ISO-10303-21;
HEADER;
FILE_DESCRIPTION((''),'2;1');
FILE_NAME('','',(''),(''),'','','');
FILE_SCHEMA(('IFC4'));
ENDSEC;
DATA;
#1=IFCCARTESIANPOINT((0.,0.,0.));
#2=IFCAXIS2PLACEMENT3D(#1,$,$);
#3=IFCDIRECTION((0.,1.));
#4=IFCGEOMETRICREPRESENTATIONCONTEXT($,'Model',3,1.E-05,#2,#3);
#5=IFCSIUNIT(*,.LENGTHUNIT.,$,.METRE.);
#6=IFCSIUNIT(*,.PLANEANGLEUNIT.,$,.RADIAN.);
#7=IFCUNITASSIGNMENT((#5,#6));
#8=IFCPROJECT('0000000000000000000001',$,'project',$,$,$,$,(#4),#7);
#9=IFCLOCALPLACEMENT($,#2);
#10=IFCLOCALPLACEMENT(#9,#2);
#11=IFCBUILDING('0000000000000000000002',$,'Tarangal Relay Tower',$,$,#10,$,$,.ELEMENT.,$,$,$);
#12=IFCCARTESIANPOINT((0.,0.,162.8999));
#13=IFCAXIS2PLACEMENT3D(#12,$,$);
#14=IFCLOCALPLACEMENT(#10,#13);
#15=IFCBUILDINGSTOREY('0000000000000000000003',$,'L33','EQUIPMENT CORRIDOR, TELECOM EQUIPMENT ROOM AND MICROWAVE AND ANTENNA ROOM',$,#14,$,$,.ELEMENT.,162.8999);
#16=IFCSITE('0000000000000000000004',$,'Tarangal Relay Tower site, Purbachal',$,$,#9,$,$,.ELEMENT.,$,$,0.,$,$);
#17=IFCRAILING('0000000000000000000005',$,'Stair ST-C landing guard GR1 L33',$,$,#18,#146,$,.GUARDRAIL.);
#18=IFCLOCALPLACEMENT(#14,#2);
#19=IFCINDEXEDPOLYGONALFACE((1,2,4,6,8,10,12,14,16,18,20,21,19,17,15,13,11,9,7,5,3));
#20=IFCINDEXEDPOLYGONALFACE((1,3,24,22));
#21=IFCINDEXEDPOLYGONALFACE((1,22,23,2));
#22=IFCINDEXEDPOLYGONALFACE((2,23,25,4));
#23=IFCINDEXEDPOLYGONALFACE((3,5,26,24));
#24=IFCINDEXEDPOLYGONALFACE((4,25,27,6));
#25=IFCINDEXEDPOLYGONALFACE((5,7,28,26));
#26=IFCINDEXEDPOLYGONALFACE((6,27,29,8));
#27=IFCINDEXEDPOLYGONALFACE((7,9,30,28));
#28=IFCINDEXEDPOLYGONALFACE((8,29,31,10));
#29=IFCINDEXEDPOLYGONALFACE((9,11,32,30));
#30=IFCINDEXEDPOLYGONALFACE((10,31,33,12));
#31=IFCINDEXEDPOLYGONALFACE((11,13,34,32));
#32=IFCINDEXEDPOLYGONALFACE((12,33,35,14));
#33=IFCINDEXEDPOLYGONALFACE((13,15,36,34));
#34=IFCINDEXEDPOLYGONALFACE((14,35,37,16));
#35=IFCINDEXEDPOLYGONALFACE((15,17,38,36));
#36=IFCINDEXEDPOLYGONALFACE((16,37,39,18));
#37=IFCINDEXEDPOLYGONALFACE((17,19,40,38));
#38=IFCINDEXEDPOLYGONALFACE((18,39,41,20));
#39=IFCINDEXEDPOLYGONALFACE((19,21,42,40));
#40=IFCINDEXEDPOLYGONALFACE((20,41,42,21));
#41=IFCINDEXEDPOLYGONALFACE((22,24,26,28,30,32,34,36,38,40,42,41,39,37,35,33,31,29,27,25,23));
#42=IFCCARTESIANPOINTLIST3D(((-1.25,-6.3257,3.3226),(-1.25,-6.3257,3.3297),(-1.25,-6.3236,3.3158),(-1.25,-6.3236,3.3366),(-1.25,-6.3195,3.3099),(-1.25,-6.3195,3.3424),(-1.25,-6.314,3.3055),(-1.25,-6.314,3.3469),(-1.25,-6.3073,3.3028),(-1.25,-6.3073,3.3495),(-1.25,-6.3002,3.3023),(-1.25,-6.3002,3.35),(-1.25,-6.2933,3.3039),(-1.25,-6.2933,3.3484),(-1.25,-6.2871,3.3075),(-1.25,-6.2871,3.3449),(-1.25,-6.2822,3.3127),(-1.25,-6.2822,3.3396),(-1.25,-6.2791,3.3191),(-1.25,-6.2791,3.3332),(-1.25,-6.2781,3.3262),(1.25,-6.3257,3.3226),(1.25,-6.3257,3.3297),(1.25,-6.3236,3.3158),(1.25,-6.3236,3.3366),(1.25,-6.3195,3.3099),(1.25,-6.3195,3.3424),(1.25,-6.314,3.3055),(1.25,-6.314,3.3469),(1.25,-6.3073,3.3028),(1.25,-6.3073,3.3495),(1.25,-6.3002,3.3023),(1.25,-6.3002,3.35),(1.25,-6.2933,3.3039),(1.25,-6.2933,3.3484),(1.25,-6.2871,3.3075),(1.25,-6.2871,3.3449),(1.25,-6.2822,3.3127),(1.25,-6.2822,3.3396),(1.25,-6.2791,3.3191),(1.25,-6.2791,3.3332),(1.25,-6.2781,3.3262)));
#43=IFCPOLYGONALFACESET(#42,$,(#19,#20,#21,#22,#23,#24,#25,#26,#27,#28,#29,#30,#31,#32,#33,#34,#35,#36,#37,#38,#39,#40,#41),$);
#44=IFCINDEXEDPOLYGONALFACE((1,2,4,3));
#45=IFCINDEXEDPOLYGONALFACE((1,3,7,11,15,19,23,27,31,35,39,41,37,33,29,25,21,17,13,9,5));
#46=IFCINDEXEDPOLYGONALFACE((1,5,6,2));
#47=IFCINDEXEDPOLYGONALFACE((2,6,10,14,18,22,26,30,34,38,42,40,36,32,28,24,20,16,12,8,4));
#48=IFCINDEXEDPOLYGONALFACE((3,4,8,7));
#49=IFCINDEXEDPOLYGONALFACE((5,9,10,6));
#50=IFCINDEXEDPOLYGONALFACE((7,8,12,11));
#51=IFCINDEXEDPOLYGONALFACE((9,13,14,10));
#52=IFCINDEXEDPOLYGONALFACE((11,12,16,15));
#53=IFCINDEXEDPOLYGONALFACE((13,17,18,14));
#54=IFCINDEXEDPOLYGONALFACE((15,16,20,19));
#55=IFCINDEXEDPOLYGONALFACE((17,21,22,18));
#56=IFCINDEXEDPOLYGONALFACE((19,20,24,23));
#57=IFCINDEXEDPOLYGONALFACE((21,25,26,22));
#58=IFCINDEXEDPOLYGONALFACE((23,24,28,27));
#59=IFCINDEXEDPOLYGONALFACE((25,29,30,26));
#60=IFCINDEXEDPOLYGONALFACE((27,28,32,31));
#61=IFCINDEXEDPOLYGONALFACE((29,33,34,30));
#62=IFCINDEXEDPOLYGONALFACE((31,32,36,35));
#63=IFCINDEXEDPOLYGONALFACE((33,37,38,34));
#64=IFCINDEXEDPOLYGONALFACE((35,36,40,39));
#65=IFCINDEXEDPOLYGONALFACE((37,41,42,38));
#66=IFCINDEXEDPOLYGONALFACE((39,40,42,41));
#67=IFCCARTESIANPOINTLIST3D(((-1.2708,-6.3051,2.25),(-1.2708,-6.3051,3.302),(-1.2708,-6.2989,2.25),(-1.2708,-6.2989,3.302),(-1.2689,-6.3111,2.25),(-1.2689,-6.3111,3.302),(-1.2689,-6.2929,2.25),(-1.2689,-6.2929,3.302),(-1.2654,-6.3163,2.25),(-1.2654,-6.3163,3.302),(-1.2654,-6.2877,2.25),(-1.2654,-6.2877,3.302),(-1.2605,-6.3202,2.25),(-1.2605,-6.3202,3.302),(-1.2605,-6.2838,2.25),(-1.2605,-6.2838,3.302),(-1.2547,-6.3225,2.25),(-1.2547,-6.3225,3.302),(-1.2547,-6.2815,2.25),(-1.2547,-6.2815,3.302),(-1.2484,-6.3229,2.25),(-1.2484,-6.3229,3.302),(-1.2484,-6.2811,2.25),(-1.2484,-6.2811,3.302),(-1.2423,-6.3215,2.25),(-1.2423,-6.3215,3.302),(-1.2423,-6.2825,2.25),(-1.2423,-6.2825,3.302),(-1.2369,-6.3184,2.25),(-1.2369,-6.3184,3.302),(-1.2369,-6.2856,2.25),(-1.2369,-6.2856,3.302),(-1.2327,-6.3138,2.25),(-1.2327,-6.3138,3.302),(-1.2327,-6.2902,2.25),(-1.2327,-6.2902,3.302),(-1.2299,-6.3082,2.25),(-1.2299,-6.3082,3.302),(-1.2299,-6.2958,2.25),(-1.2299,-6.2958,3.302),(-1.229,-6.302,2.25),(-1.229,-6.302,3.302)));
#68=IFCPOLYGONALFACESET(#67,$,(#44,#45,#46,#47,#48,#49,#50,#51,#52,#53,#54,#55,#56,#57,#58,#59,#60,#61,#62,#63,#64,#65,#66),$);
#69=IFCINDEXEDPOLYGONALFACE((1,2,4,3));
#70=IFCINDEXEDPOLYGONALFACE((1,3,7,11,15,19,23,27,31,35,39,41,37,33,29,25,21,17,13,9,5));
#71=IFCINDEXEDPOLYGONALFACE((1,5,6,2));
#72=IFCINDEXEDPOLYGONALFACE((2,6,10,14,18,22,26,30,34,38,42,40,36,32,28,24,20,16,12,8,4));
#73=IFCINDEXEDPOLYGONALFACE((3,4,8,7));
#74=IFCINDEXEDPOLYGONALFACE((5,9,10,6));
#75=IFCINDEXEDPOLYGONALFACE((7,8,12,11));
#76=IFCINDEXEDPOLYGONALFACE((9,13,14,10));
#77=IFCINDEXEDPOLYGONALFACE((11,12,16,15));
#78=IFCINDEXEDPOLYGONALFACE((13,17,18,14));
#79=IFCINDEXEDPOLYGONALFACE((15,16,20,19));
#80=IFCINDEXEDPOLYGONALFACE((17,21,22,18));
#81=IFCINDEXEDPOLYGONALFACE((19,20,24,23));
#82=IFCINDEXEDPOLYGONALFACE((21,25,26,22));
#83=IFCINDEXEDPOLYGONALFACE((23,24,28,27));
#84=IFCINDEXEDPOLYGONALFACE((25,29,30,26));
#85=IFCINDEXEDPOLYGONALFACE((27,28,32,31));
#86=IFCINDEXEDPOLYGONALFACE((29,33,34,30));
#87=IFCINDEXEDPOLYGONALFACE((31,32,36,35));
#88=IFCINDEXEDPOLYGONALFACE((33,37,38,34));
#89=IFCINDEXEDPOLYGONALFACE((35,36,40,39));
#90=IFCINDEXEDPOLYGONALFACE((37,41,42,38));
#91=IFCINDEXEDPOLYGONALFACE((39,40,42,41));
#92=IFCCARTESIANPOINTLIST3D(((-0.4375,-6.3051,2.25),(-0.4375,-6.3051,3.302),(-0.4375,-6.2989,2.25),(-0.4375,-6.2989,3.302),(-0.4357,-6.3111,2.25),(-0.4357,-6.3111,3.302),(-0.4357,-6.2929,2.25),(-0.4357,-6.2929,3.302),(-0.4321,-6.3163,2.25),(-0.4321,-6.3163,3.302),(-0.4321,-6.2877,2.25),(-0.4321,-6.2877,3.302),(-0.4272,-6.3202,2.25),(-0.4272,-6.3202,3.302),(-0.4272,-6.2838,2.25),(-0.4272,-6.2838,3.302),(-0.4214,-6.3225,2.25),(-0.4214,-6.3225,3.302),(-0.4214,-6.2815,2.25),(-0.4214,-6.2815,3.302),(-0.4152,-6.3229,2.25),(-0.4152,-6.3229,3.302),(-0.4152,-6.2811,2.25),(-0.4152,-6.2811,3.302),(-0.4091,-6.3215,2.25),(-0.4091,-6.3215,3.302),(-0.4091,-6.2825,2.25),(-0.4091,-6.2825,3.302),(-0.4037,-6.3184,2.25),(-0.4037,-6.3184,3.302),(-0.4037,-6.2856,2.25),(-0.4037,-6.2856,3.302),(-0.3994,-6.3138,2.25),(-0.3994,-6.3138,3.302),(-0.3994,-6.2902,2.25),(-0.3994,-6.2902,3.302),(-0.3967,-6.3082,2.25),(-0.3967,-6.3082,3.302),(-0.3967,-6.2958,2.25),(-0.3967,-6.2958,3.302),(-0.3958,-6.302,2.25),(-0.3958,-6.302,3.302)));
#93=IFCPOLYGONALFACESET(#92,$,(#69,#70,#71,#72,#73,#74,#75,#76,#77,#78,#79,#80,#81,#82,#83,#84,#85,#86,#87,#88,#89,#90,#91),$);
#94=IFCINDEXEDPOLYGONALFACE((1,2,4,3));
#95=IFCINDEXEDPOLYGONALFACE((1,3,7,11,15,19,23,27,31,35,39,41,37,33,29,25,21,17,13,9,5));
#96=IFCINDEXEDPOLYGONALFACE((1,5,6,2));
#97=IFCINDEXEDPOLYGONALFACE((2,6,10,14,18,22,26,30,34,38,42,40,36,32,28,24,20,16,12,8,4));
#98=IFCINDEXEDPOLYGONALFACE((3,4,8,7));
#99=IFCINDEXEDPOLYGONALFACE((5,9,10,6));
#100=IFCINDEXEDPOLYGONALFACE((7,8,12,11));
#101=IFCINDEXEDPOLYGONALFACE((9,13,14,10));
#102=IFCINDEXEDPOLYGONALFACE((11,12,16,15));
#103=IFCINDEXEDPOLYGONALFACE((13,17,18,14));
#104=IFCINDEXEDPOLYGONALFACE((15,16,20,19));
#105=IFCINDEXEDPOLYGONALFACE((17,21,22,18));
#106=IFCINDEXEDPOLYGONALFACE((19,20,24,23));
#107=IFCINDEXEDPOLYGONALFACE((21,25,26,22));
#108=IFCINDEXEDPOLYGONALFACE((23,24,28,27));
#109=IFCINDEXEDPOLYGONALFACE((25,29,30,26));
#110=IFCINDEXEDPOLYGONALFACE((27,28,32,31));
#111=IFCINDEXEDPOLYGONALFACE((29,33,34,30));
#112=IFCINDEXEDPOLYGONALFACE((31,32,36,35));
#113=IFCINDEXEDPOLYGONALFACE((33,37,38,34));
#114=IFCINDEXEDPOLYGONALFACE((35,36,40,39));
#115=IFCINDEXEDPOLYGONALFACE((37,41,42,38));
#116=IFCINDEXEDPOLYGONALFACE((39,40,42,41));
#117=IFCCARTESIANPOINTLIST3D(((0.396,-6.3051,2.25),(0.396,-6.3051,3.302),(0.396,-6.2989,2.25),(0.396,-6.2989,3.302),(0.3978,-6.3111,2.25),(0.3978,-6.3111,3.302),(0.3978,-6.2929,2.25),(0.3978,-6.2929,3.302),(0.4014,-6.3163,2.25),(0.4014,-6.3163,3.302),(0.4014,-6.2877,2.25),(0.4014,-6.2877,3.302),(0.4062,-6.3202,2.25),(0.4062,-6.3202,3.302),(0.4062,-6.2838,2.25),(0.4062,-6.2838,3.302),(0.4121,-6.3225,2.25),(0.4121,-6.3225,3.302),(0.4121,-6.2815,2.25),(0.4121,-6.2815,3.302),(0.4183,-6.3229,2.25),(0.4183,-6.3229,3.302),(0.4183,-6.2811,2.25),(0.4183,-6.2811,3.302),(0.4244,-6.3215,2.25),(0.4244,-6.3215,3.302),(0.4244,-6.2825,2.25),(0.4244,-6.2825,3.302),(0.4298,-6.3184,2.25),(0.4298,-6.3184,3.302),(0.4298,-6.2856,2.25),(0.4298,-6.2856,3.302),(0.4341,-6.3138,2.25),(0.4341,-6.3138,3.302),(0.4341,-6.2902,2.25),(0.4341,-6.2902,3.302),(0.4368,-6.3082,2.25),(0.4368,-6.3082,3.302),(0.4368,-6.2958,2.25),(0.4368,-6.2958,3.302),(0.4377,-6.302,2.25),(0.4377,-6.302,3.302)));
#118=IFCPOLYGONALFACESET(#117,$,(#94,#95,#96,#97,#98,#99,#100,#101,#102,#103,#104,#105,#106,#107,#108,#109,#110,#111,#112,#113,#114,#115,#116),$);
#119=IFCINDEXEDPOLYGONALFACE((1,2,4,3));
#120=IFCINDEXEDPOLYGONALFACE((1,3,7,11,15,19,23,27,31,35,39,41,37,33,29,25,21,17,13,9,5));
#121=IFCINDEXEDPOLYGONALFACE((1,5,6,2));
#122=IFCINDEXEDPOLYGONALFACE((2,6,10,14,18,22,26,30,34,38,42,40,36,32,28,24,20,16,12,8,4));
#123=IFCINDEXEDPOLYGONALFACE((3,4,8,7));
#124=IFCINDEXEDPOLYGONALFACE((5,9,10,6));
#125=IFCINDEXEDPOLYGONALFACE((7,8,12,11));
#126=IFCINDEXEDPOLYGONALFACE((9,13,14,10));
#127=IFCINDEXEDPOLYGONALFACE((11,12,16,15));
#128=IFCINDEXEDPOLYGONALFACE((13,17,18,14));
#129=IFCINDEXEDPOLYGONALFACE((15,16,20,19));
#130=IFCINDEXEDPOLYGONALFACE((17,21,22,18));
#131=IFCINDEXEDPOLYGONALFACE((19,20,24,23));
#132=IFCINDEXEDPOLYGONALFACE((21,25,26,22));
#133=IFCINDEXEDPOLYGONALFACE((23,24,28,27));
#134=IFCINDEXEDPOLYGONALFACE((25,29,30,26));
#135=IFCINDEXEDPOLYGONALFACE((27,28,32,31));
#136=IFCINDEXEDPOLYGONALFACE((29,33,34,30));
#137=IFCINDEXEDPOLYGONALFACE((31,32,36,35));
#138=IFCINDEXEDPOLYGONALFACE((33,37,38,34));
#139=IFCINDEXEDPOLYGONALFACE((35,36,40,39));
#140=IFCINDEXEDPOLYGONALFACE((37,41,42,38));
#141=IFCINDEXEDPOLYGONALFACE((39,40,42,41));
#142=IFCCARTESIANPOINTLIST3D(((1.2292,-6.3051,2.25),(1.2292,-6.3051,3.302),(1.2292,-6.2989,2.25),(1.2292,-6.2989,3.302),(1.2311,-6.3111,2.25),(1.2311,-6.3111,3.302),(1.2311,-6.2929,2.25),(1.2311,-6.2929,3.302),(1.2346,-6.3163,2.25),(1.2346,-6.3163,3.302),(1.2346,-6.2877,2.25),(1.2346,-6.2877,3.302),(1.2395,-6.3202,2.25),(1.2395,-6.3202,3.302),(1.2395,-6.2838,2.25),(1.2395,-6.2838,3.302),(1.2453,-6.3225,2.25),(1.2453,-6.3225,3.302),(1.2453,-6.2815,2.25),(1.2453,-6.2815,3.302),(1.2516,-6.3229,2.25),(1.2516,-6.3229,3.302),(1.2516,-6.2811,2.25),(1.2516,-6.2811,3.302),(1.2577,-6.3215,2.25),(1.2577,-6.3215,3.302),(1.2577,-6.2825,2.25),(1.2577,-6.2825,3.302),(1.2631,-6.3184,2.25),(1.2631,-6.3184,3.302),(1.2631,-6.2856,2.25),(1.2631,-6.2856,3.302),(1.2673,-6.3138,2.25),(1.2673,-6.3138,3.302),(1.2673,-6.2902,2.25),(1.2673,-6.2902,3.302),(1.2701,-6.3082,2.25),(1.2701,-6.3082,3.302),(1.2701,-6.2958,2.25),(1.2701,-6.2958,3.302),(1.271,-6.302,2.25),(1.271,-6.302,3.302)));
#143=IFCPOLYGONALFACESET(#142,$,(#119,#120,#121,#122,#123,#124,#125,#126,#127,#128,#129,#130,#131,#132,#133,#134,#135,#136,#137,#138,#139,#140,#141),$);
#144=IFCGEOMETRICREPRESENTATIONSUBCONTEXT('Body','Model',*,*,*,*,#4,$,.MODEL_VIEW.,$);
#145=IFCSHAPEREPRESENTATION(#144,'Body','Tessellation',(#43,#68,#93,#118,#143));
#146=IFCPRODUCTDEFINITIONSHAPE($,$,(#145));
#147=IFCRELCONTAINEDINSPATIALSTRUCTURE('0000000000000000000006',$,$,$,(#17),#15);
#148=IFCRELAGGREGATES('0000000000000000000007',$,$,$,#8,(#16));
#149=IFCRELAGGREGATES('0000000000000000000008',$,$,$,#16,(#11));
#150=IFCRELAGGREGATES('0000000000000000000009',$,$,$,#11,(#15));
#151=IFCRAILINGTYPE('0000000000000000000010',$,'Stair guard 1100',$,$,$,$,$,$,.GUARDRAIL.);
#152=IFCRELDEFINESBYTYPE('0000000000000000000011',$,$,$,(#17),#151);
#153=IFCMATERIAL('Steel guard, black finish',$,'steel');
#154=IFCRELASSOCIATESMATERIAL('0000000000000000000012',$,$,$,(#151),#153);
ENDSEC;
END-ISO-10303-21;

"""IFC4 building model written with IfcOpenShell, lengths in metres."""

from ifc_helpers import new_model, si_unit, direction, frame, origin, origin_2d, place, context, subcontext, project, spatial, circle, extrude, material, type_object, element, save


model = new_model("IFC4")

# Units and contexts
model_context = context("Model", 3, precision=1e-05, world=origin(), true_north=direction((0.0, 1.0)))
body_context = subcontext(model_context, "Body", "Model", "MODEL_VIEW")
ifc_project = project(units=[si_unit("LENGTHUNIT", "METRE"), si_unit("PLANEANGLEUNIT", "RADIAN")], contexts=[model_context])

# Site, building, storey
site_placement = place(None, origin())
site = spatial("IfcSite", under=ifc_project, at=site_placement, Name="Tarangal Relay Tower site, Purbachal", CompositionType="ELEMENT", RefElevation=0.0)
building_placement = place(site_placement, origin())
building = spatial("IfcBuilding", under=site, at=building_placement, Name="Tarangal Relay Tower", CompositionType="ELEMENT")
storey_placement = place(building_placement, frame((0.0, 0.0, 162.8999)))
storey = spatial("IfcBuildingStorey", under=building, at=storey_placement, Name="L33", Description="EQUIPMENT CORRIDOR, TELECOM EQUIPMENT ROOM AND MICROWAVE AND ANTENNA ROOM", CompositionType="ELEMENT", Elevation=162.8999)

# Railing
ifc_material_1 = material(Name="Steel guard, black finish", Category="steel")
railing_type_1 = type_object("IfcRailingType", Name="Stair guard 1100", PredefinedType="GUARDRAIL", material=ifc_material_1)
for number, where, name in (
    (1, (-1.25, -6.302, 2.25), "Stair ST-C landing guard GR1 L33"),
):
    element("IfcRailing", number, at=place(storey_placement, frame(where)), inside=storey, type_object=railing_type_1, Name=name, PredefinedType="GUARDRAIL", context=body_context, shape_type="SweptSolid", body=[
        extrude(circle(Radius=0.0239, at=origin_2d()), frame((0.0, 0.0, 1.0762), z_axis=(1.0, 0.0, 0.0), x_axis=(0.0, 1.0, 0.0)), (0.0, 0.0, 1.0), 2.5),
        extrude(circle(Radius=0.021, at=origin_2d()), origin(), (0.0, 0.0, 1.0), 1.052),
        extrude(circle(Radius=0.021, at=origin_2d()), frame((0.8333, 0.0, 0.0)), (0.0, 0.0, 1.0), 1.052),
        extrude(circle(Radius=0.021, at=origin_2d()), frame((1.6667, 0.0, 0.0)), (0.0, 0.0, 1.0), 1.052),
        extrude(circle(Radius=0.021, at=origin_2d()), frame((2.5, 0.0, 0.0)), (0.0, 0.0, 1.0), 1.052),
    ])

save(model, "model.ifc")
